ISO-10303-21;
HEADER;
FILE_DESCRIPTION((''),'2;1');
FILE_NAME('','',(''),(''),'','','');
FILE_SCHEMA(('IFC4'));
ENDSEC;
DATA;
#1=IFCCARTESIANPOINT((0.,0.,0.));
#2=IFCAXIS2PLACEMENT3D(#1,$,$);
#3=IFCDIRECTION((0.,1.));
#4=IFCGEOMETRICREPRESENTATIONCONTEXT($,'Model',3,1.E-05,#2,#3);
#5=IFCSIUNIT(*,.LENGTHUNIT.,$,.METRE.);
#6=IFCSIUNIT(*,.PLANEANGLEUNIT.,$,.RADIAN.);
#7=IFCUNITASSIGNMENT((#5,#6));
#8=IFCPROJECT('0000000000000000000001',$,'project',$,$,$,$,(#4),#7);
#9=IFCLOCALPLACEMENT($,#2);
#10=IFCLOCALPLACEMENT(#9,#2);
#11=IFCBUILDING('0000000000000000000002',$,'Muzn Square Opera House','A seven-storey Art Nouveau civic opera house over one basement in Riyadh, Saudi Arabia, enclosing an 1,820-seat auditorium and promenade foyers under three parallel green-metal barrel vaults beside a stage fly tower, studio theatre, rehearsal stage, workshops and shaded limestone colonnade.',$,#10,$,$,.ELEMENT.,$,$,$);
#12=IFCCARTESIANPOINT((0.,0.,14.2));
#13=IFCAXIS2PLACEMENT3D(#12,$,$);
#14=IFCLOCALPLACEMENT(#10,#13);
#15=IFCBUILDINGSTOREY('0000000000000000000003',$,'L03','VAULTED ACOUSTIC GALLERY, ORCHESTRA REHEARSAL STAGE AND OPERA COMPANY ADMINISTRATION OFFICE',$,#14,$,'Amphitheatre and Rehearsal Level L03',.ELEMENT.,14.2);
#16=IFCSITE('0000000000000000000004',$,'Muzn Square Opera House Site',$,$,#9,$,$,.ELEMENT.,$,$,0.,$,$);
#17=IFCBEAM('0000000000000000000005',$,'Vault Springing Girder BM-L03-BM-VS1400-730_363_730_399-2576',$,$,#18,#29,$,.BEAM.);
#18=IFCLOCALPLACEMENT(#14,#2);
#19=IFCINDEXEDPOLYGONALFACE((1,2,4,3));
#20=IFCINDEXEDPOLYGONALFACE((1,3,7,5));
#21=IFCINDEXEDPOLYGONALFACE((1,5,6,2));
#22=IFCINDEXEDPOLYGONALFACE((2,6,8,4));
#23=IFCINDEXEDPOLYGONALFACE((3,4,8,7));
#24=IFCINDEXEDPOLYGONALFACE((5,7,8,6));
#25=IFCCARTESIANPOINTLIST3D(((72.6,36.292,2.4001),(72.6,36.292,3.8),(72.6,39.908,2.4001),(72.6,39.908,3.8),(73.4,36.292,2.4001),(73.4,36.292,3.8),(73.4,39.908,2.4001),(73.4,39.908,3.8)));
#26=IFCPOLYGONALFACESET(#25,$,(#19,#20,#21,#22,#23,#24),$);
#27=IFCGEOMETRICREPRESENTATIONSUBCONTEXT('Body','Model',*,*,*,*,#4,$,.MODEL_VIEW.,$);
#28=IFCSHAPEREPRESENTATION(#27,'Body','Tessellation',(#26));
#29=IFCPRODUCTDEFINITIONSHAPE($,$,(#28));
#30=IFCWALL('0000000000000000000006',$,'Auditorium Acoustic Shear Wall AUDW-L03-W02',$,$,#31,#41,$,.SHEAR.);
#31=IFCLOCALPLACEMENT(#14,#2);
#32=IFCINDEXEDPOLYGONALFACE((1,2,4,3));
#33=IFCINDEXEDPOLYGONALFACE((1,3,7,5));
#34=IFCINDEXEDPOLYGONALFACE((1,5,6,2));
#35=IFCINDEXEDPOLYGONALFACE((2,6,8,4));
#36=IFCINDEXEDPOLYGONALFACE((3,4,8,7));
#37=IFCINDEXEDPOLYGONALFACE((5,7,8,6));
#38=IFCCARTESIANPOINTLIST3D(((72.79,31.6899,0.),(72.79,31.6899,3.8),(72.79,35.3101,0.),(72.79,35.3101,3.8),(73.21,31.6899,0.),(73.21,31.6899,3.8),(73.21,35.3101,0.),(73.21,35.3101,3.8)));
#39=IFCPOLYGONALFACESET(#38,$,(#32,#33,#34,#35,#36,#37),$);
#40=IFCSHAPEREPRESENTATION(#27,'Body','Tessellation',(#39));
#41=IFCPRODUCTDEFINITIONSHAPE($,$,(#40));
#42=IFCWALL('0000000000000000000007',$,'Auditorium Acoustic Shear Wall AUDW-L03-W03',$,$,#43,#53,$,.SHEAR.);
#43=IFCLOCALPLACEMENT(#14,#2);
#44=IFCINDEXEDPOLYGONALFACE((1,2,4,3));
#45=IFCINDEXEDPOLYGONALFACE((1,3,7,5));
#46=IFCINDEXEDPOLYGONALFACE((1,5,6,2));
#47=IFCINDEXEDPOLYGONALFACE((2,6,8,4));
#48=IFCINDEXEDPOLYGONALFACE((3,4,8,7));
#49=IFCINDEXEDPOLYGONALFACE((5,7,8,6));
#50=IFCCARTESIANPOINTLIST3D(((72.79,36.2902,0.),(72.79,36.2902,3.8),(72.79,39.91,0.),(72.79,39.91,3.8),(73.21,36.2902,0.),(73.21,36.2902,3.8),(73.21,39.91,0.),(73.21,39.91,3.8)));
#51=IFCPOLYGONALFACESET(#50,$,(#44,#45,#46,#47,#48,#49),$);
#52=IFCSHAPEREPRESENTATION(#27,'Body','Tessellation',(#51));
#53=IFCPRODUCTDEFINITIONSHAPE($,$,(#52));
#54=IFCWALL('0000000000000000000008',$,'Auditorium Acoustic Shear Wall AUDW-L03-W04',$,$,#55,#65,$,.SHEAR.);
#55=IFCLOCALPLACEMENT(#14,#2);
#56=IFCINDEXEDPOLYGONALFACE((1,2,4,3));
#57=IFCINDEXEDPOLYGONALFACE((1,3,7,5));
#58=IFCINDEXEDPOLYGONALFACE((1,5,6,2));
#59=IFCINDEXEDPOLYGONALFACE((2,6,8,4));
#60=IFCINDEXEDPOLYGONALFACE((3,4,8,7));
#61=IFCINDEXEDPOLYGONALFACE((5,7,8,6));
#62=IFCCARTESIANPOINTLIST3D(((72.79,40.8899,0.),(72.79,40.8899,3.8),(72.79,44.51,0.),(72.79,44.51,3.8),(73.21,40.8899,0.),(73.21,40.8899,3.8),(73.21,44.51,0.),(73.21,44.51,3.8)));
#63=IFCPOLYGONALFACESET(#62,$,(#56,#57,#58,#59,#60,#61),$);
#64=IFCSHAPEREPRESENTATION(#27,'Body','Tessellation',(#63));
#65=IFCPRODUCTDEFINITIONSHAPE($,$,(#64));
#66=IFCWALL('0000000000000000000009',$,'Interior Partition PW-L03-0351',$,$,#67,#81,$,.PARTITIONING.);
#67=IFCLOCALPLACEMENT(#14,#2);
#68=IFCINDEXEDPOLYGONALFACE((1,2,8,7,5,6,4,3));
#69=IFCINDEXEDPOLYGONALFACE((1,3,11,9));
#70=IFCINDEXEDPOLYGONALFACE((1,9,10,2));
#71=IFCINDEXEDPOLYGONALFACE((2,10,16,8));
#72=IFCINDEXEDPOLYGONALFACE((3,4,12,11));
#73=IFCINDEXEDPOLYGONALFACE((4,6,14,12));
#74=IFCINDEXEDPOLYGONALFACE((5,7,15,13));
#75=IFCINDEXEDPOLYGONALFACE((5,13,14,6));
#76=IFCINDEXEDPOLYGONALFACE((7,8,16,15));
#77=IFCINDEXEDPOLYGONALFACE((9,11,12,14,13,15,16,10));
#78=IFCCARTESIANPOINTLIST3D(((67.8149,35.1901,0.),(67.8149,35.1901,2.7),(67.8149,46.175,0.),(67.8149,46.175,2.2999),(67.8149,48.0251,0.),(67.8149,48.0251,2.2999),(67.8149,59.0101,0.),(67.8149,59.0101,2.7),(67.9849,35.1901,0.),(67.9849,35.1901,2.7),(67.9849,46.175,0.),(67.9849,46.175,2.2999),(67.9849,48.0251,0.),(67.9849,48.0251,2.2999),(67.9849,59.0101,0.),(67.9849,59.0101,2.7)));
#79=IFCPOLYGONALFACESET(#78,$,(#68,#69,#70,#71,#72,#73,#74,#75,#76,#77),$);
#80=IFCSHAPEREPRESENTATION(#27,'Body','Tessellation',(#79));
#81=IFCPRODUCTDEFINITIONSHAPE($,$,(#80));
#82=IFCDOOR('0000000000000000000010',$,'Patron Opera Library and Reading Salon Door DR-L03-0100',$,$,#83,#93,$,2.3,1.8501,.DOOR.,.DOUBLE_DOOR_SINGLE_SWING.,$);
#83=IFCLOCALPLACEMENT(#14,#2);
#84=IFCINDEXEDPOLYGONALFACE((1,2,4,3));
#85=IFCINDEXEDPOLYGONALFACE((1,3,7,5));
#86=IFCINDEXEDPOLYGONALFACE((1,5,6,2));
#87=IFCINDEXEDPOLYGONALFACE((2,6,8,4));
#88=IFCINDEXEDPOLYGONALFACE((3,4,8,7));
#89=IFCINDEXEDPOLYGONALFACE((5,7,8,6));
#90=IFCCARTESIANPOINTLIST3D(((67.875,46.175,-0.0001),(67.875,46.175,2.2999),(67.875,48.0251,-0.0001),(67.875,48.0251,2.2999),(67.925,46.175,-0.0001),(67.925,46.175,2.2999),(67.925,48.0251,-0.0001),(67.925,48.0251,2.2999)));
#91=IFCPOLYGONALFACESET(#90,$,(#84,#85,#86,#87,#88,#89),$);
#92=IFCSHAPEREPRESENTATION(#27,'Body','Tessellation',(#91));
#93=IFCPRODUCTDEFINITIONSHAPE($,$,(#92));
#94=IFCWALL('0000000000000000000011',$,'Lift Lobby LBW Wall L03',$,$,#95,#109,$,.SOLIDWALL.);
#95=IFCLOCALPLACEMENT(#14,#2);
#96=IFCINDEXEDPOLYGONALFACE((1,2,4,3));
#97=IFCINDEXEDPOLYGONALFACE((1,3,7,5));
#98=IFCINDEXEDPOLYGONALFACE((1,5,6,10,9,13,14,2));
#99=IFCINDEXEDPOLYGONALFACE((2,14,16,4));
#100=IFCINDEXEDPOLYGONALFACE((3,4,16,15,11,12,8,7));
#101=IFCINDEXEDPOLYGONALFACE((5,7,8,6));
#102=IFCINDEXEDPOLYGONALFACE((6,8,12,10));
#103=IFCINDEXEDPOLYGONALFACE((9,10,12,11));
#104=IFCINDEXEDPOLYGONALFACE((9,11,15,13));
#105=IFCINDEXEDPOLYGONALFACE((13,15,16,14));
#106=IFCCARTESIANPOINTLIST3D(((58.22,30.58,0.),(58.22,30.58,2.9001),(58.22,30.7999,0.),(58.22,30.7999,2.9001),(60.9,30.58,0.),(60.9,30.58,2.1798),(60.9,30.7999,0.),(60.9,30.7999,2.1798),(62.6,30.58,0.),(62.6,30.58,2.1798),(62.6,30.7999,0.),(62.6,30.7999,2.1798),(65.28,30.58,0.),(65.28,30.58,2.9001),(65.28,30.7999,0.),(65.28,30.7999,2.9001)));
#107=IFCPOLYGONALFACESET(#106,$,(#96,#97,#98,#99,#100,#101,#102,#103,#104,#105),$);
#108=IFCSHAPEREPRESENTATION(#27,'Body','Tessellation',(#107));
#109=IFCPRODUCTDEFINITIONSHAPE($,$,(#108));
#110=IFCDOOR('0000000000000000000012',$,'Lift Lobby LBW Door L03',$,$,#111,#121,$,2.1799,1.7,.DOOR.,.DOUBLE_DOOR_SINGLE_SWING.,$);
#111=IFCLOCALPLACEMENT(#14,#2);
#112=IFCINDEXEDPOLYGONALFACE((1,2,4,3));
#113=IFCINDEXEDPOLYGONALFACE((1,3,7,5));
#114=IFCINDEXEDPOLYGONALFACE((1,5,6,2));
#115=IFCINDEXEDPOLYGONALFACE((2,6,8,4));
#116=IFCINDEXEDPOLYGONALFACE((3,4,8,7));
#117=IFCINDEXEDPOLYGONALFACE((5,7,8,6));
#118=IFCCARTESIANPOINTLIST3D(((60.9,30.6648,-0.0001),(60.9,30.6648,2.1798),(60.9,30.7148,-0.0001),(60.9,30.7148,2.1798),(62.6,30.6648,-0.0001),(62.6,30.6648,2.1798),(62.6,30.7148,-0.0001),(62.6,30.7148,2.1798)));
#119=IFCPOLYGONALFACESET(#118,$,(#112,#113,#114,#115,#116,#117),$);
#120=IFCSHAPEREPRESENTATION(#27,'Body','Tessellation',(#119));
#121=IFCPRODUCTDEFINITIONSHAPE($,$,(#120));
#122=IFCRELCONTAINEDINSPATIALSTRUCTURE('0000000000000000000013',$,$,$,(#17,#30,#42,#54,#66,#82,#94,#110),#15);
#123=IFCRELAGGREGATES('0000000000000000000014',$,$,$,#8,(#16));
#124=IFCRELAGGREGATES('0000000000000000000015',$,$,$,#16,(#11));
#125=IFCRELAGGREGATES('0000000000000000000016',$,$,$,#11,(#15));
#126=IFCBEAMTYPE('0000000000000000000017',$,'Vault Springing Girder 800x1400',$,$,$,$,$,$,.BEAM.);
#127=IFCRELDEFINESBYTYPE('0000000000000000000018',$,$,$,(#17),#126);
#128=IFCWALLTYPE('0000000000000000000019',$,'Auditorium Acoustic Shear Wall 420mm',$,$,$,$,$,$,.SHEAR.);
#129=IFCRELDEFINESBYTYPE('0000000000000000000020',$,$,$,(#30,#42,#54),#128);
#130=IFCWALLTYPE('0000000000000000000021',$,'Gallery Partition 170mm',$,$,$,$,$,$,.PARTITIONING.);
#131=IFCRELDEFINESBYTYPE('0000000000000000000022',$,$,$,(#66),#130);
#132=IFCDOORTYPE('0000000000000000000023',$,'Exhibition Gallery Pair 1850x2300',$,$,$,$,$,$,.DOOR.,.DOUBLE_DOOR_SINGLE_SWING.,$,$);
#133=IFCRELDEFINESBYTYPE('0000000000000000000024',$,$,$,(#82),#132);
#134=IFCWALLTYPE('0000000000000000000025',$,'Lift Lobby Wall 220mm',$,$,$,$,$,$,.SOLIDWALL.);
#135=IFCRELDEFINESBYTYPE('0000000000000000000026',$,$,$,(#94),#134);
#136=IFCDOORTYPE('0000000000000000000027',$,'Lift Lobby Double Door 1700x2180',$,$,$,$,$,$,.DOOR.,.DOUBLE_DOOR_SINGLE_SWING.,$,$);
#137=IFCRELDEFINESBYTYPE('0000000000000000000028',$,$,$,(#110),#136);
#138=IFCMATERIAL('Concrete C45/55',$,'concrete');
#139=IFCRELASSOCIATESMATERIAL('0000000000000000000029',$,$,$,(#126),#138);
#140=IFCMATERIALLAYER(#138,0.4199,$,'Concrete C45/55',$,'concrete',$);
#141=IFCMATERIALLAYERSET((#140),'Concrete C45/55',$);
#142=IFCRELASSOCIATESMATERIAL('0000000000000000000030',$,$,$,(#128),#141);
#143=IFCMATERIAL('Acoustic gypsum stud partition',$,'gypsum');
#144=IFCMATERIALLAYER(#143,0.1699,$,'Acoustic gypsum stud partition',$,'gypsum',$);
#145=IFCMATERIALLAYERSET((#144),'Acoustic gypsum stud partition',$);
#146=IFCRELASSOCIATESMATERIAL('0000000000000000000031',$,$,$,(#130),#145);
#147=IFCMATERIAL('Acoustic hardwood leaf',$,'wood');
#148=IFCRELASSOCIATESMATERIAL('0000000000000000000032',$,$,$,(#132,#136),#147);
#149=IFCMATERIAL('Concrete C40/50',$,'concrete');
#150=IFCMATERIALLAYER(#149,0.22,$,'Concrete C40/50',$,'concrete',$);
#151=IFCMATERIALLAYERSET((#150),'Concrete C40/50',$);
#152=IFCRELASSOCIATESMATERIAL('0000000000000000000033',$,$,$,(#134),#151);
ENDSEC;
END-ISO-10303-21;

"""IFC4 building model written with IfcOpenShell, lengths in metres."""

from ifc_helpers import new_model, si_unit, direction, frame, frame_2d, origin, origin_2d, place, context, subcontext, project, spatial, rectangle, extrude, material, layer, layer_set, material_profile, profile_set, type_object, element, fill, save


model = new_model("IFC4")

# Units and contexts
model_context = context("Model", 3, precision=1e-05, world=origin(), true_north=direction((0.0, 1.0)))
body_context = subcontext(model_context, "Body", "Model", "MODEL_VIEW")
ifc_project = project(units=[si_unit("LENGTHUNIT", "METRE"), si_unit("PLANEANGLEUNIT", "RADIAN")], contexts=[model_context])

# Site, building, storey
site_placement = place(None, origin())
site = spatial("IfcSite", under=ifc_project, at=site_placement, Name="Muzn Square Opera House Site", CompositionType="ELEMENT", RefElevation=0.0)
building_placement = place(site_placement, origin())
building = spatial("IfcBuilding", under=site, at=building_placement, Name="Muzn Square Opera House", Description="A seven-storey Art Nouveau civic opera house over one basement in Riyadh, Saudi Arabia, enclosing an 1,820-seat auditorium and promenade foyers under three parallel green-metal barrel vaults beside a stage fly tower, studio theatre, rehearsal stage, workshops and shaded limestone colonnade.", CompositionType="ELEMENT")
storey_placement = place(building_placement, frame((0.0, 0.0, 14.2)))
storey = spatial("IfcBuildingStorey", under=building, at=storey_placement, Name="L03", Description="VAULTED ACOUSTIC GALLERY, ORCHESTRA REHEARSAL STAGE AND OPERA COMPANY ADMINISTRATION OFFICE", LongName="Amphitheatre and Rehearsal Level L03", CompositionType="ELEMENT", Elevation=14.2)

# Shared definitions
ifc_material_1 = material(Name="Concrete C45/55", Category="concrete")

# Beam
ifc_material_2 = material(Name="Concrete C40/50", Category="concrete")
ifc_material_profile_1 = material_profile(ifc_material_1, rectangle(XDim=0.8, YDim=1.3999, at=origin_2d()), Name="RCB 800x1400", Category="concrete")
ifc_profile_set_1 = profile_set([ifc_material_profile_1], Name="Concrete C45/55")
beam_type_1 = type_object("IfcBeamType", Name="Vault Springing Girder 800x1400", PredefinedType="BEAM", material=ifc_profile_set_1)
beam_1_placement = place(storey_placement, frame((73.0, 36.292, 3.1001), z_axis=(0.0, 1.0, 0.0), x_axis=(-1.0, 0.0, 0.0)))
element("IfcBeam", 1, at=beam_1_placement, inside=storey, type_object=beam_type_1, Name="Vault Springing Girder BM-L03-BM-VS1400-730_363_730_399-2576", PredefinedType="BEAM", context=body_context, shape_type="SweptSolid", body=[
    extrude(rectangle(XDim=0.8, YDim=1.3999, at=origin_2d()), origin(), (0.0, 0.0, 1.0), 3.616),
])

# Walls
ifc_layer_1 = layer(ifc_material_1, 0.4199, Name="Concrete C45/55", Category="concrete")
ifc_layer_set_1 = layer_set([ifc_layer_1], Name="Concrete C45/55")
wall_type_1 = type_object("IfcWallType", Name="Auditorium Acoustic Shear Wall 420mm", PredefinedType="SHEAR", material=ifc_layer_set_1)
wall_1_placement = place(storey_placement, frame((73.0, 31.6899, 0.0), z_axis=(0.0, 0.0, 1.0), x_axis=(0.0, 1.0, 0.0)))
element("IfcWall", 2, at=wall_1_placement, inside=storey, type_object=wall_type_1, Name="Auditorium Acoustic Shear Wall AUDW-L03-W02", PredefinedType="SHEAR", context=body_context, shape_type="SweptSolid", body=[
    extrude(rectangle(XDim=3.6201, YDim=0.4199, at=frame_2d((1.8101, 0.0))), origin(), (0.0, 0.0, 1.0), 3.8),
])
wall_2_placement = place(storey_placement, frame((73.0, 36.29, 0.0), z_axis=(0.0, 0.0, 1.0), x_axis=(0.0, 1.0, 0.0)))
element("IfcWall", 3, at=wall_2_placement, inside=storey, type_object=wall_type_1, Name="Auditorium Acoustic Shear Wall AUDW-L03-W03", PredefinedType="SHEAR", context=body_context, shape_type="SweptSolid", body=[
    extrude(rectangle(XDim=3.6199, YDim=0.4199, at=frame_2d((1.8101, 0.0))), origin(), (0.0, 0.0, 1.0), 3.8),
])
wall_3_placement = place(storey_placement, frame((73.0, 40.8899, 0.0), z_axis=(0.0, 0.0, 1.0), x_axis=(0.0, 1.0, 0.0)))
element("IfcWall", 4, at=wall_3_placement, inside=storey, type_object=wall_type_1, Name="Auditorium Acoustic Shear Wall AUDW-L03-W04", PredefinedType="SHEAR", context=body_context, shape_type="SweptSolid", body=[
    extrude(rectangle(XDim=3.6201, YDim=0.4199, at=frame_2d((1.8101, 0.0))), origin(), (0.0, 0.0, 1.0), 3.8),
])

# Walls, openings, doors
ifc_material_3 = material(Name="Acoustic gypsum stud partition", Category="gypsum")
ifc_layer_2 = layer(ifc_material_3, 0.1699, Name="Acoustic gypsum stud partition", Category="gypsum")
ifc_layer_set_2 = layer_set([ifc_layer_2], Name="Acoustic gypsum stud partition")
wall_type_2 = type_object("IfcWallType", Name="Gallery Partition 170mm", PredefinedType="PARTITIONING", material=ifc_layer_set_2)
wall_4_placement = place(storey_placement, frame((67.8999, 35.1899, 0.0), z_axis=(0.0, 0.0, 1.0), x_axis=(0.0, 1.0, 0.0)))
wall_4 = element("IfcWall", 5, at=wall_4_placement, inside=storey, type_object=wall_type_2, Name="Interior Partition PW-L03-0351", PredefinedType="PARTITIONING", context=body_context, shape_type="SweptSolid", body=[
    extrude(rectangle(XDim=23.8201, YDim=0.1699, at=frame_2d((11.9102, 0.0))), origin(), (0.0, 0.0, 1.0), 2.7),
])
opening_1_placement = place(wall_4_placement, frame((10.9851, 0.0, 0.0)))
opening_1 = element("IfcOpeningElement", 6, at=opening_1_placement, cuts=wall_4, PredefinedType="OPENING", context=body_context, shape_type="SweptSolid", body=[
    extrude(rectangle(XDim=1.8501, YDim=2.3, at=frame_2d((0.925, 1.1499))), frame((0.0, 0.095, 0.0), z_axis=(0.0, -1.0, 0.0), x_axis=(1.0, 0.0, 0.0)), (0.0, 0.0, 1.0), 0.1899),
])
ifc_material_4 = material(Name="Acoustic hardwood leaf", Category="wood")
door_type_1 = type_object("IfcDoorType", Name="Exhibition Gallery Pair 1850x2300", OperationType="DOUBLE_DOOR_SINGLE_SWING", PredefinedType="DOOR", material=ifc_material_4)
door_1_placement = place(opening_1_placement, origin())
door_1 = element("IfcDoor", 7, at=door_1_placement, inside=storey, type_object=door_type_1, Name="Patron Opera Library and Reading Salon Door DR-L03-0100", OperationType="DOUBLE_DOOR_SINGLE_SWING", OverallHeight=2.3, OverallWidth=1.8501, PredefinedType="DOOR", context=body_context, shape_type="SweptSolid", body=[
    extrude(rectangle(XDim=1.8501, YDim=2.3, at=frame_2d((0.925, 1.1499))), frame((0.0, 0.0249, 0.0), z_axis=(0.0, -1.0, 0.0), x_axis=(1.0, 0.0, 0.0)), (0.0, 0.0, 1.0), 0.05),
])
fill(opening_1, door_1)
ifc_layer_3 = layer(ifc_material_2, 0.22, Name="Concrete C40/50", Category="concrete")
ifc_layer_set_3 = layer_set([ifc_layer_3], Name="Concrete C40/50")
wall_type_3 = type_object("IfcWallType", Name="Lift Lobby Wall 220mm", PredefinedType="SOLIDWALL", material=ifc_layer_set_3)
wall_5_placement = place(storey_placement, frame((58.22, 30.6899, 0.0), z_axis=(0.0, 0.0, 1.0), x_axis=(1.0, 0.0, 0.0)))
wall_5 = element("IfcWall", 8, at=wall_5_placement, inside=storey, type_object=wall_type_3, Name="Lift Lobby LBW Wall L03", PredefinedType="SOLIDWALL", context=body_context, shape_type="SweptSolid", body=[
    extrude(rectangle(XDim=7.0601, YDim=0.22, at=frame_2d((3.53, 0.0))), origin(), (0.0, 0.0, 1.0), 2.9001),
])
opening_2_placement = place(wall_5_placement, frame((2.6799, 0.0, 0.0)))
opening_2 = element("IfcOpeningElement", 9, at=opening_2_placement, cuts=wall_5, PredefinedType="OPENING", context=body_context, shape_type="SweptSolid", body=[
    extrude(rectangle(XDim=1.7, YDim=2.1799, at=frame_2d((0.8501, 1.0898))), frame((0.0, 0.1199, 0.0), z_axis=(0.0, -1.0, 0.0), x_axis=(1.0, 0.0, 0.0)), (0.0, 0.0, 1.0), 0.24),
])
door_type_2 = type_object("IfcDoorType", Name="Lift Lobby Double Door 1700x2180", OperationType="DOUBLE_DOOR_SINGLE_SWING", PredefinedType="DOOR", material=ifc_material_4)
door_2_placement = place(opening_2_placement, origin())
door_2 = element("IfcDoor", 10, at=door_2_placement, inside=storey, type_object=door_type_2, Name="Lift Lobby LBW Door L03", OperationType="DOUBLE_DOOR_SINGLE_SWING", OverallHeight=2.1799, OverallWidth=1.7, PredefinedType="DOOR", context=body_context, shape_type="SweptSolid", body=[
    extrude(rectangle(XDim=1.7, YDim=2.1799, at=frame_2d((0.8501, 1.0898))), frame((0.0, 0.0249, 0.0), z_axis=(0.0, -1.0, 0.0), x_axis=(1.0, 0.0, 0.0)), (0.0, 0.0, 1.0), 0.05),
])
fill(opening_2, door_2)

save(model, "model.ifc")
